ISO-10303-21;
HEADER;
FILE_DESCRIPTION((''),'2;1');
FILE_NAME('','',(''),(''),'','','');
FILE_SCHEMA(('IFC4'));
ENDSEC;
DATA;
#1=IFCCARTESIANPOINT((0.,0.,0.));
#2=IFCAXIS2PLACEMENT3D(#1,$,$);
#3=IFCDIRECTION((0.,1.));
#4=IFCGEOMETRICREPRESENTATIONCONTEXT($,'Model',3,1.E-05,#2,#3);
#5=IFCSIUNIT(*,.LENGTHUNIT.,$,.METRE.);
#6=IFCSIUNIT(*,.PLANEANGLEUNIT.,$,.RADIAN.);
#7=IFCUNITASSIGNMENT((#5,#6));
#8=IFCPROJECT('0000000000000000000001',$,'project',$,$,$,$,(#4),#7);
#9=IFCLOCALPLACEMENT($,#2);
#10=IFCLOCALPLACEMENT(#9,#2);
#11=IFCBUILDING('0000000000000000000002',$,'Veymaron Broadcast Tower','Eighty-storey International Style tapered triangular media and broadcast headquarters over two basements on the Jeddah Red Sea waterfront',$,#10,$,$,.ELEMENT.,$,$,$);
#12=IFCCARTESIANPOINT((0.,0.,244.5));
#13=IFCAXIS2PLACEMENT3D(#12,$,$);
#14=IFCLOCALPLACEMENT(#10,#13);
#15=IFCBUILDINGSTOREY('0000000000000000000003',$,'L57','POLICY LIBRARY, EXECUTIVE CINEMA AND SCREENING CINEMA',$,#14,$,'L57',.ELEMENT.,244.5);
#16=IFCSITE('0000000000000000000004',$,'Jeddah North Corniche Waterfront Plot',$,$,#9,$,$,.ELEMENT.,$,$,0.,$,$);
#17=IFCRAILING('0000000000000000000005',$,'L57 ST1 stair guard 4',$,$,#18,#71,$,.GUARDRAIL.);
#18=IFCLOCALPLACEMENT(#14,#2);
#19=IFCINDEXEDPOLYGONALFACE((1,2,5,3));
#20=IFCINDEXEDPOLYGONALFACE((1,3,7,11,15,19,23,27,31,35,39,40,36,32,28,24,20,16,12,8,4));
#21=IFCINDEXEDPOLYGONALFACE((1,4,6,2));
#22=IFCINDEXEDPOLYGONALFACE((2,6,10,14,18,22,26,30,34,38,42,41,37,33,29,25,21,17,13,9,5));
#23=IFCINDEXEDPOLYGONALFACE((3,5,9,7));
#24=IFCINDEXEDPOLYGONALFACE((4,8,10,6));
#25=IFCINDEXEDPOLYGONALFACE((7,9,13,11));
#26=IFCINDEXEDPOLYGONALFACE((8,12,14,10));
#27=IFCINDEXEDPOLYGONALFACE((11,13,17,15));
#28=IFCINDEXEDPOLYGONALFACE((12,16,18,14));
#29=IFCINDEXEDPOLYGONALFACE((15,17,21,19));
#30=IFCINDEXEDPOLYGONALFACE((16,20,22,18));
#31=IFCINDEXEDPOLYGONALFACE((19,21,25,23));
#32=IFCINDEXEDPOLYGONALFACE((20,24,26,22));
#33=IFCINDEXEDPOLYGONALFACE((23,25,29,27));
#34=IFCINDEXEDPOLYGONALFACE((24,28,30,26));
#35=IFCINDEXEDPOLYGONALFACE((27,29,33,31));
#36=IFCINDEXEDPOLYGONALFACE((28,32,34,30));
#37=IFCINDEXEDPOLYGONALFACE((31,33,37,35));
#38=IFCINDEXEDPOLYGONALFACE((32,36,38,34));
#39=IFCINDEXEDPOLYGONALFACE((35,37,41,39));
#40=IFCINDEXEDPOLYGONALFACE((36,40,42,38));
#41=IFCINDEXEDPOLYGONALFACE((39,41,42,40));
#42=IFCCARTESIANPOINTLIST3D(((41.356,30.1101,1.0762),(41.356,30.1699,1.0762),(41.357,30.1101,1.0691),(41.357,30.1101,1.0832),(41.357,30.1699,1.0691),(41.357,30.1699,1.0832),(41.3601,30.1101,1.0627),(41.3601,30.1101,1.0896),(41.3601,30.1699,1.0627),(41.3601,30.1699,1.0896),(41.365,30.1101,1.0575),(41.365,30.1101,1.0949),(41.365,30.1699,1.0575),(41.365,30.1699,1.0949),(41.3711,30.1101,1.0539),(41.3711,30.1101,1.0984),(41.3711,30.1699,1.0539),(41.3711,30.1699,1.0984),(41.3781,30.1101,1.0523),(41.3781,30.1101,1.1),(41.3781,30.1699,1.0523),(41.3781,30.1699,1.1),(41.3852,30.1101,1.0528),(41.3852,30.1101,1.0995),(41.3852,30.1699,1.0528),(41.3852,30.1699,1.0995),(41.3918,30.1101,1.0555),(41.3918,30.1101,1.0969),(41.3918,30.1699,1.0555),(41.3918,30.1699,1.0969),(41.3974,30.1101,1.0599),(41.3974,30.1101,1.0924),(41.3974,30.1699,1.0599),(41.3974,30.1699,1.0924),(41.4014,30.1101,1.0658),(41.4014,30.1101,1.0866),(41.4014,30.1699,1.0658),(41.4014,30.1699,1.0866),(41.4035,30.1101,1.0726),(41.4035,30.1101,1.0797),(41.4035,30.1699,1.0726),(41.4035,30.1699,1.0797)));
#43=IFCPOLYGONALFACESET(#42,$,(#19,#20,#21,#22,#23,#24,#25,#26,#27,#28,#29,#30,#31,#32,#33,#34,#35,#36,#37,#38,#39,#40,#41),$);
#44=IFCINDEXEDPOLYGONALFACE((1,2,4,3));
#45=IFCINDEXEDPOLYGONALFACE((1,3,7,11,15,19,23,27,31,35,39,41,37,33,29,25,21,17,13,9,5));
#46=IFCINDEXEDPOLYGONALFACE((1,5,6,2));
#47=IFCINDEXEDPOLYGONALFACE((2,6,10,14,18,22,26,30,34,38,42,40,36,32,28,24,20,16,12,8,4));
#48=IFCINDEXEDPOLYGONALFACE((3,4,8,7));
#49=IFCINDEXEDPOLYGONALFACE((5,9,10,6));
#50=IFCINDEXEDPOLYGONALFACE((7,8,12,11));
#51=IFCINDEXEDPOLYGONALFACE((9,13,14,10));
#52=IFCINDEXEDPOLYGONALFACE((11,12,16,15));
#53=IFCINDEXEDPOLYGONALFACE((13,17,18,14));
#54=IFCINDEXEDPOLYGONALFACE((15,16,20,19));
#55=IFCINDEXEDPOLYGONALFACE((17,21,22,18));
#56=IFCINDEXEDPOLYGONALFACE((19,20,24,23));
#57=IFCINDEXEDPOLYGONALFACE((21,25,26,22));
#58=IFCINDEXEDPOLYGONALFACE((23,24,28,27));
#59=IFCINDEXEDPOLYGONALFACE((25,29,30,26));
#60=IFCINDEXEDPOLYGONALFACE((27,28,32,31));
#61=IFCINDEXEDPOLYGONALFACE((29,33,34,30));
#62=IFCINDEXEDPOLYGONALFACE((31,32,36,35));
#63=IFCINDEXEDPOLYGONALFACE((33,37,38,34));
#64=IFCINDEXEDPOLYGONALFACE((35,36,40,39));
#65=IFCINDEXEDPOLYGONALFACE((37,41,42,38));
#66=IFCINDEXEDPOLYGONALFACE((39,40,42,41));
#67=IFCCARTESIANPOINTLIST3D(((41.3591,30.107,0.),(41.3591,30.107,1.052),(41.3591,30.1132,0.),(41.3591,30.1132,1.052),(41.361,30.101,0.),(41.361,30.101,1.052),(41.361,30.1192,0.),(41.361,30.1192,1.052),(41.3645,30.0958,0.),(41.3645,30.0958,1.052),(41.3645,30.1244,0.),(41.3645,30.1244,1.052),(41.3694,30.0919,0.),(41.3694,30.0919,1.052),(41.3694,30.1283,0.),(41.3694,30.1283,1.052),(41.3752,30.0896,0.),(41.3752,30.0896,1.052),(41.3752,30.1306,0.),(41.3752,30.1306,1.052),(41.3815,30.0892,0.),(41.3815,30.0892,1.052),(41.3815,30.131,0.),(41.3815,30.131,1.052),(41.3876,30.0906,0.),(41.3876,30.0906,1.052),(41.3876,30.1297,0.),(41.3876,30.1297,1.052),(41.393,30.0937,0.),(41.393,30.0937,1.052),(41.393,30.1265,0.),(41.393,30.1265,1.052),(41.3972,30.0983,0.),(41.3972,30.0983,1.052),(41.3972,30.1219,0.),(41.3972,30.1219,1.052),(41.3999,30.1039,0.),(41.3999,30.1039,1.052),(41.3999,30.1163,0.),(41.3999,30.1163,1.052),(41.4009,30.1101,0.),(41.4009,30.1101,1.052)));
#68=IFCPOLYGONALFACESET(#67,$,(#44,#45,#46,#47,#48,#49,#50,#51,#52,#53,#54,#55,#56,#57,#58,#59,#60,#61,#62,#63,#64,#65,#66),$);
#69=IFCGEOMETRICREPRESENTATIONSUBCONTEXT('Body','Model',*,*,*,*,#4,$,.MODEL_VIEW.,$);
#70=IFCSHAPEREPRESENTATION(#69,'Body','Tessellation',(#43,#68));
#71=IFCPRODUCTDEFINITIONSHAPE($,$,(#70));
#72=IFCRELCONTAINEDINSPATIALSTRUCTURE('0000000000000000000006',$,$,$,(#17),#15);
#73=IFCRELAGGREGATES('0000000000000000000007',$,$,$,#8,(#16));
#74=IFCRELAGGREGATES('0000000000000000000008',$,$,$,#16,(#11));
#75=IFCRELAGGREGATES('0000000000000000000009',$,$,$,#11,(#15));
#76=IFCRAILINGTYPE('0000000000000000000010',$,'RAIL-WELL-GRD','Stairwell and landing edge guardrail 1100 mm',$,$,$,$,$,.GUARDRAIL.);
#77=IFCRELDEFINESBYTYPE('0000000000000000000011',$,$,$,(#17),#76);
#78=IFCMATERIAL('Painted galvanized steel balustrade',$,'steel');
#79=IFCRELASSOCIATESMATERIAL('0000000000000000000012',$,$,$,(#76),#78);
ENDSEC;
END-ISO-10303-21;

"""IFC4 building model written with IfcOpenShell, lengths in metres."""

from ifc_helpers import new_model, si_unit, direction, frame, origin, origin_2d, place, context, subcontext, project, spatial, circle, extrude, material, type_object, element, save


model = new_model("IFC4")

# Units and contexts
model_context = context("Model", 3, precision=1e-05, world=origin(), true_north=direction((0.0, 1.0)))
body_context = subcontext(model_context, "Body", "Model", "MODEL_VIEW")
ifc_project = project(units=[si_unit("LENGTHUNIT", "METRE"), si_unit("PLANEANGLEUNIT", "RADIAN")], contexts=[model_context])

# Site, building, storey
site_placement = place(None, origin())
site = spatial("IfcSite", under=ifc_project, at=site_placement, Name="Jeddah North Corniche Waterfront Plot", CompositionType="ELEMENT", RefElevation=0.0)
building_placement = place(site_placement, origin())
building = spatial("IfcBuilding", under=site, at=building_placement, Name="Veymaron Broadcast Tower", Description="Eighty-storey International Style tapered triangular media and broadcast headquarters over two basements on the Jeddah Red Sea waterfront", CompositionType="ELEMENT")
storey_placement = place(building_placement, frame((0.0, 0.0, 244.5)))
storey = spatial("IfcBuildingStorey", under=building, at=storey_placement, Name="L57", Description="POLICY LIBRARY, EXECUTIVE CINEMA AND SCREENING CINEMA", LongName="L57", CompositionType="ELEMENT", Elevation=244.5)

# Railing
ifc_material_1 = material(Name="Painted galvanized steel balustrade", Category="steel")
railing_type_1 = type_object("IfcRailingType", Name="RAIL-WELL-GRD", Description="Stairwell and landing edge guardrail 1100 mm", PredefinedType="GUARDRAIL", material=ifc_material_1)
railing_1_placement = place(storey_placement, frame((41.3799, 30.1101, 0.0)))
element("IfcRailing", 1, at=railing_1_placement, inside=storey, type_object=railing_type_1, Name="L57 ST1 stair guard 4", PredefinedType="GUARDRAIL", context=body_context, shape_type="SweptSolid", body=[
    extrude(circle(Radius=0.0239, at=origin_2d()), frame((0.0, 0.0, 1.0762), z_axis=(0.0, 1.0, 0.0), x_axis=(-1.0, 0.0, 0.0)), (0.0, 0.0, 1.0), 0.0598),
    extrude(circle(Radius=0.021, at=origin_2d()), origin(), (0.0, 0.0, 1.0), 1.052),
])

save(model, "model.ifc")
